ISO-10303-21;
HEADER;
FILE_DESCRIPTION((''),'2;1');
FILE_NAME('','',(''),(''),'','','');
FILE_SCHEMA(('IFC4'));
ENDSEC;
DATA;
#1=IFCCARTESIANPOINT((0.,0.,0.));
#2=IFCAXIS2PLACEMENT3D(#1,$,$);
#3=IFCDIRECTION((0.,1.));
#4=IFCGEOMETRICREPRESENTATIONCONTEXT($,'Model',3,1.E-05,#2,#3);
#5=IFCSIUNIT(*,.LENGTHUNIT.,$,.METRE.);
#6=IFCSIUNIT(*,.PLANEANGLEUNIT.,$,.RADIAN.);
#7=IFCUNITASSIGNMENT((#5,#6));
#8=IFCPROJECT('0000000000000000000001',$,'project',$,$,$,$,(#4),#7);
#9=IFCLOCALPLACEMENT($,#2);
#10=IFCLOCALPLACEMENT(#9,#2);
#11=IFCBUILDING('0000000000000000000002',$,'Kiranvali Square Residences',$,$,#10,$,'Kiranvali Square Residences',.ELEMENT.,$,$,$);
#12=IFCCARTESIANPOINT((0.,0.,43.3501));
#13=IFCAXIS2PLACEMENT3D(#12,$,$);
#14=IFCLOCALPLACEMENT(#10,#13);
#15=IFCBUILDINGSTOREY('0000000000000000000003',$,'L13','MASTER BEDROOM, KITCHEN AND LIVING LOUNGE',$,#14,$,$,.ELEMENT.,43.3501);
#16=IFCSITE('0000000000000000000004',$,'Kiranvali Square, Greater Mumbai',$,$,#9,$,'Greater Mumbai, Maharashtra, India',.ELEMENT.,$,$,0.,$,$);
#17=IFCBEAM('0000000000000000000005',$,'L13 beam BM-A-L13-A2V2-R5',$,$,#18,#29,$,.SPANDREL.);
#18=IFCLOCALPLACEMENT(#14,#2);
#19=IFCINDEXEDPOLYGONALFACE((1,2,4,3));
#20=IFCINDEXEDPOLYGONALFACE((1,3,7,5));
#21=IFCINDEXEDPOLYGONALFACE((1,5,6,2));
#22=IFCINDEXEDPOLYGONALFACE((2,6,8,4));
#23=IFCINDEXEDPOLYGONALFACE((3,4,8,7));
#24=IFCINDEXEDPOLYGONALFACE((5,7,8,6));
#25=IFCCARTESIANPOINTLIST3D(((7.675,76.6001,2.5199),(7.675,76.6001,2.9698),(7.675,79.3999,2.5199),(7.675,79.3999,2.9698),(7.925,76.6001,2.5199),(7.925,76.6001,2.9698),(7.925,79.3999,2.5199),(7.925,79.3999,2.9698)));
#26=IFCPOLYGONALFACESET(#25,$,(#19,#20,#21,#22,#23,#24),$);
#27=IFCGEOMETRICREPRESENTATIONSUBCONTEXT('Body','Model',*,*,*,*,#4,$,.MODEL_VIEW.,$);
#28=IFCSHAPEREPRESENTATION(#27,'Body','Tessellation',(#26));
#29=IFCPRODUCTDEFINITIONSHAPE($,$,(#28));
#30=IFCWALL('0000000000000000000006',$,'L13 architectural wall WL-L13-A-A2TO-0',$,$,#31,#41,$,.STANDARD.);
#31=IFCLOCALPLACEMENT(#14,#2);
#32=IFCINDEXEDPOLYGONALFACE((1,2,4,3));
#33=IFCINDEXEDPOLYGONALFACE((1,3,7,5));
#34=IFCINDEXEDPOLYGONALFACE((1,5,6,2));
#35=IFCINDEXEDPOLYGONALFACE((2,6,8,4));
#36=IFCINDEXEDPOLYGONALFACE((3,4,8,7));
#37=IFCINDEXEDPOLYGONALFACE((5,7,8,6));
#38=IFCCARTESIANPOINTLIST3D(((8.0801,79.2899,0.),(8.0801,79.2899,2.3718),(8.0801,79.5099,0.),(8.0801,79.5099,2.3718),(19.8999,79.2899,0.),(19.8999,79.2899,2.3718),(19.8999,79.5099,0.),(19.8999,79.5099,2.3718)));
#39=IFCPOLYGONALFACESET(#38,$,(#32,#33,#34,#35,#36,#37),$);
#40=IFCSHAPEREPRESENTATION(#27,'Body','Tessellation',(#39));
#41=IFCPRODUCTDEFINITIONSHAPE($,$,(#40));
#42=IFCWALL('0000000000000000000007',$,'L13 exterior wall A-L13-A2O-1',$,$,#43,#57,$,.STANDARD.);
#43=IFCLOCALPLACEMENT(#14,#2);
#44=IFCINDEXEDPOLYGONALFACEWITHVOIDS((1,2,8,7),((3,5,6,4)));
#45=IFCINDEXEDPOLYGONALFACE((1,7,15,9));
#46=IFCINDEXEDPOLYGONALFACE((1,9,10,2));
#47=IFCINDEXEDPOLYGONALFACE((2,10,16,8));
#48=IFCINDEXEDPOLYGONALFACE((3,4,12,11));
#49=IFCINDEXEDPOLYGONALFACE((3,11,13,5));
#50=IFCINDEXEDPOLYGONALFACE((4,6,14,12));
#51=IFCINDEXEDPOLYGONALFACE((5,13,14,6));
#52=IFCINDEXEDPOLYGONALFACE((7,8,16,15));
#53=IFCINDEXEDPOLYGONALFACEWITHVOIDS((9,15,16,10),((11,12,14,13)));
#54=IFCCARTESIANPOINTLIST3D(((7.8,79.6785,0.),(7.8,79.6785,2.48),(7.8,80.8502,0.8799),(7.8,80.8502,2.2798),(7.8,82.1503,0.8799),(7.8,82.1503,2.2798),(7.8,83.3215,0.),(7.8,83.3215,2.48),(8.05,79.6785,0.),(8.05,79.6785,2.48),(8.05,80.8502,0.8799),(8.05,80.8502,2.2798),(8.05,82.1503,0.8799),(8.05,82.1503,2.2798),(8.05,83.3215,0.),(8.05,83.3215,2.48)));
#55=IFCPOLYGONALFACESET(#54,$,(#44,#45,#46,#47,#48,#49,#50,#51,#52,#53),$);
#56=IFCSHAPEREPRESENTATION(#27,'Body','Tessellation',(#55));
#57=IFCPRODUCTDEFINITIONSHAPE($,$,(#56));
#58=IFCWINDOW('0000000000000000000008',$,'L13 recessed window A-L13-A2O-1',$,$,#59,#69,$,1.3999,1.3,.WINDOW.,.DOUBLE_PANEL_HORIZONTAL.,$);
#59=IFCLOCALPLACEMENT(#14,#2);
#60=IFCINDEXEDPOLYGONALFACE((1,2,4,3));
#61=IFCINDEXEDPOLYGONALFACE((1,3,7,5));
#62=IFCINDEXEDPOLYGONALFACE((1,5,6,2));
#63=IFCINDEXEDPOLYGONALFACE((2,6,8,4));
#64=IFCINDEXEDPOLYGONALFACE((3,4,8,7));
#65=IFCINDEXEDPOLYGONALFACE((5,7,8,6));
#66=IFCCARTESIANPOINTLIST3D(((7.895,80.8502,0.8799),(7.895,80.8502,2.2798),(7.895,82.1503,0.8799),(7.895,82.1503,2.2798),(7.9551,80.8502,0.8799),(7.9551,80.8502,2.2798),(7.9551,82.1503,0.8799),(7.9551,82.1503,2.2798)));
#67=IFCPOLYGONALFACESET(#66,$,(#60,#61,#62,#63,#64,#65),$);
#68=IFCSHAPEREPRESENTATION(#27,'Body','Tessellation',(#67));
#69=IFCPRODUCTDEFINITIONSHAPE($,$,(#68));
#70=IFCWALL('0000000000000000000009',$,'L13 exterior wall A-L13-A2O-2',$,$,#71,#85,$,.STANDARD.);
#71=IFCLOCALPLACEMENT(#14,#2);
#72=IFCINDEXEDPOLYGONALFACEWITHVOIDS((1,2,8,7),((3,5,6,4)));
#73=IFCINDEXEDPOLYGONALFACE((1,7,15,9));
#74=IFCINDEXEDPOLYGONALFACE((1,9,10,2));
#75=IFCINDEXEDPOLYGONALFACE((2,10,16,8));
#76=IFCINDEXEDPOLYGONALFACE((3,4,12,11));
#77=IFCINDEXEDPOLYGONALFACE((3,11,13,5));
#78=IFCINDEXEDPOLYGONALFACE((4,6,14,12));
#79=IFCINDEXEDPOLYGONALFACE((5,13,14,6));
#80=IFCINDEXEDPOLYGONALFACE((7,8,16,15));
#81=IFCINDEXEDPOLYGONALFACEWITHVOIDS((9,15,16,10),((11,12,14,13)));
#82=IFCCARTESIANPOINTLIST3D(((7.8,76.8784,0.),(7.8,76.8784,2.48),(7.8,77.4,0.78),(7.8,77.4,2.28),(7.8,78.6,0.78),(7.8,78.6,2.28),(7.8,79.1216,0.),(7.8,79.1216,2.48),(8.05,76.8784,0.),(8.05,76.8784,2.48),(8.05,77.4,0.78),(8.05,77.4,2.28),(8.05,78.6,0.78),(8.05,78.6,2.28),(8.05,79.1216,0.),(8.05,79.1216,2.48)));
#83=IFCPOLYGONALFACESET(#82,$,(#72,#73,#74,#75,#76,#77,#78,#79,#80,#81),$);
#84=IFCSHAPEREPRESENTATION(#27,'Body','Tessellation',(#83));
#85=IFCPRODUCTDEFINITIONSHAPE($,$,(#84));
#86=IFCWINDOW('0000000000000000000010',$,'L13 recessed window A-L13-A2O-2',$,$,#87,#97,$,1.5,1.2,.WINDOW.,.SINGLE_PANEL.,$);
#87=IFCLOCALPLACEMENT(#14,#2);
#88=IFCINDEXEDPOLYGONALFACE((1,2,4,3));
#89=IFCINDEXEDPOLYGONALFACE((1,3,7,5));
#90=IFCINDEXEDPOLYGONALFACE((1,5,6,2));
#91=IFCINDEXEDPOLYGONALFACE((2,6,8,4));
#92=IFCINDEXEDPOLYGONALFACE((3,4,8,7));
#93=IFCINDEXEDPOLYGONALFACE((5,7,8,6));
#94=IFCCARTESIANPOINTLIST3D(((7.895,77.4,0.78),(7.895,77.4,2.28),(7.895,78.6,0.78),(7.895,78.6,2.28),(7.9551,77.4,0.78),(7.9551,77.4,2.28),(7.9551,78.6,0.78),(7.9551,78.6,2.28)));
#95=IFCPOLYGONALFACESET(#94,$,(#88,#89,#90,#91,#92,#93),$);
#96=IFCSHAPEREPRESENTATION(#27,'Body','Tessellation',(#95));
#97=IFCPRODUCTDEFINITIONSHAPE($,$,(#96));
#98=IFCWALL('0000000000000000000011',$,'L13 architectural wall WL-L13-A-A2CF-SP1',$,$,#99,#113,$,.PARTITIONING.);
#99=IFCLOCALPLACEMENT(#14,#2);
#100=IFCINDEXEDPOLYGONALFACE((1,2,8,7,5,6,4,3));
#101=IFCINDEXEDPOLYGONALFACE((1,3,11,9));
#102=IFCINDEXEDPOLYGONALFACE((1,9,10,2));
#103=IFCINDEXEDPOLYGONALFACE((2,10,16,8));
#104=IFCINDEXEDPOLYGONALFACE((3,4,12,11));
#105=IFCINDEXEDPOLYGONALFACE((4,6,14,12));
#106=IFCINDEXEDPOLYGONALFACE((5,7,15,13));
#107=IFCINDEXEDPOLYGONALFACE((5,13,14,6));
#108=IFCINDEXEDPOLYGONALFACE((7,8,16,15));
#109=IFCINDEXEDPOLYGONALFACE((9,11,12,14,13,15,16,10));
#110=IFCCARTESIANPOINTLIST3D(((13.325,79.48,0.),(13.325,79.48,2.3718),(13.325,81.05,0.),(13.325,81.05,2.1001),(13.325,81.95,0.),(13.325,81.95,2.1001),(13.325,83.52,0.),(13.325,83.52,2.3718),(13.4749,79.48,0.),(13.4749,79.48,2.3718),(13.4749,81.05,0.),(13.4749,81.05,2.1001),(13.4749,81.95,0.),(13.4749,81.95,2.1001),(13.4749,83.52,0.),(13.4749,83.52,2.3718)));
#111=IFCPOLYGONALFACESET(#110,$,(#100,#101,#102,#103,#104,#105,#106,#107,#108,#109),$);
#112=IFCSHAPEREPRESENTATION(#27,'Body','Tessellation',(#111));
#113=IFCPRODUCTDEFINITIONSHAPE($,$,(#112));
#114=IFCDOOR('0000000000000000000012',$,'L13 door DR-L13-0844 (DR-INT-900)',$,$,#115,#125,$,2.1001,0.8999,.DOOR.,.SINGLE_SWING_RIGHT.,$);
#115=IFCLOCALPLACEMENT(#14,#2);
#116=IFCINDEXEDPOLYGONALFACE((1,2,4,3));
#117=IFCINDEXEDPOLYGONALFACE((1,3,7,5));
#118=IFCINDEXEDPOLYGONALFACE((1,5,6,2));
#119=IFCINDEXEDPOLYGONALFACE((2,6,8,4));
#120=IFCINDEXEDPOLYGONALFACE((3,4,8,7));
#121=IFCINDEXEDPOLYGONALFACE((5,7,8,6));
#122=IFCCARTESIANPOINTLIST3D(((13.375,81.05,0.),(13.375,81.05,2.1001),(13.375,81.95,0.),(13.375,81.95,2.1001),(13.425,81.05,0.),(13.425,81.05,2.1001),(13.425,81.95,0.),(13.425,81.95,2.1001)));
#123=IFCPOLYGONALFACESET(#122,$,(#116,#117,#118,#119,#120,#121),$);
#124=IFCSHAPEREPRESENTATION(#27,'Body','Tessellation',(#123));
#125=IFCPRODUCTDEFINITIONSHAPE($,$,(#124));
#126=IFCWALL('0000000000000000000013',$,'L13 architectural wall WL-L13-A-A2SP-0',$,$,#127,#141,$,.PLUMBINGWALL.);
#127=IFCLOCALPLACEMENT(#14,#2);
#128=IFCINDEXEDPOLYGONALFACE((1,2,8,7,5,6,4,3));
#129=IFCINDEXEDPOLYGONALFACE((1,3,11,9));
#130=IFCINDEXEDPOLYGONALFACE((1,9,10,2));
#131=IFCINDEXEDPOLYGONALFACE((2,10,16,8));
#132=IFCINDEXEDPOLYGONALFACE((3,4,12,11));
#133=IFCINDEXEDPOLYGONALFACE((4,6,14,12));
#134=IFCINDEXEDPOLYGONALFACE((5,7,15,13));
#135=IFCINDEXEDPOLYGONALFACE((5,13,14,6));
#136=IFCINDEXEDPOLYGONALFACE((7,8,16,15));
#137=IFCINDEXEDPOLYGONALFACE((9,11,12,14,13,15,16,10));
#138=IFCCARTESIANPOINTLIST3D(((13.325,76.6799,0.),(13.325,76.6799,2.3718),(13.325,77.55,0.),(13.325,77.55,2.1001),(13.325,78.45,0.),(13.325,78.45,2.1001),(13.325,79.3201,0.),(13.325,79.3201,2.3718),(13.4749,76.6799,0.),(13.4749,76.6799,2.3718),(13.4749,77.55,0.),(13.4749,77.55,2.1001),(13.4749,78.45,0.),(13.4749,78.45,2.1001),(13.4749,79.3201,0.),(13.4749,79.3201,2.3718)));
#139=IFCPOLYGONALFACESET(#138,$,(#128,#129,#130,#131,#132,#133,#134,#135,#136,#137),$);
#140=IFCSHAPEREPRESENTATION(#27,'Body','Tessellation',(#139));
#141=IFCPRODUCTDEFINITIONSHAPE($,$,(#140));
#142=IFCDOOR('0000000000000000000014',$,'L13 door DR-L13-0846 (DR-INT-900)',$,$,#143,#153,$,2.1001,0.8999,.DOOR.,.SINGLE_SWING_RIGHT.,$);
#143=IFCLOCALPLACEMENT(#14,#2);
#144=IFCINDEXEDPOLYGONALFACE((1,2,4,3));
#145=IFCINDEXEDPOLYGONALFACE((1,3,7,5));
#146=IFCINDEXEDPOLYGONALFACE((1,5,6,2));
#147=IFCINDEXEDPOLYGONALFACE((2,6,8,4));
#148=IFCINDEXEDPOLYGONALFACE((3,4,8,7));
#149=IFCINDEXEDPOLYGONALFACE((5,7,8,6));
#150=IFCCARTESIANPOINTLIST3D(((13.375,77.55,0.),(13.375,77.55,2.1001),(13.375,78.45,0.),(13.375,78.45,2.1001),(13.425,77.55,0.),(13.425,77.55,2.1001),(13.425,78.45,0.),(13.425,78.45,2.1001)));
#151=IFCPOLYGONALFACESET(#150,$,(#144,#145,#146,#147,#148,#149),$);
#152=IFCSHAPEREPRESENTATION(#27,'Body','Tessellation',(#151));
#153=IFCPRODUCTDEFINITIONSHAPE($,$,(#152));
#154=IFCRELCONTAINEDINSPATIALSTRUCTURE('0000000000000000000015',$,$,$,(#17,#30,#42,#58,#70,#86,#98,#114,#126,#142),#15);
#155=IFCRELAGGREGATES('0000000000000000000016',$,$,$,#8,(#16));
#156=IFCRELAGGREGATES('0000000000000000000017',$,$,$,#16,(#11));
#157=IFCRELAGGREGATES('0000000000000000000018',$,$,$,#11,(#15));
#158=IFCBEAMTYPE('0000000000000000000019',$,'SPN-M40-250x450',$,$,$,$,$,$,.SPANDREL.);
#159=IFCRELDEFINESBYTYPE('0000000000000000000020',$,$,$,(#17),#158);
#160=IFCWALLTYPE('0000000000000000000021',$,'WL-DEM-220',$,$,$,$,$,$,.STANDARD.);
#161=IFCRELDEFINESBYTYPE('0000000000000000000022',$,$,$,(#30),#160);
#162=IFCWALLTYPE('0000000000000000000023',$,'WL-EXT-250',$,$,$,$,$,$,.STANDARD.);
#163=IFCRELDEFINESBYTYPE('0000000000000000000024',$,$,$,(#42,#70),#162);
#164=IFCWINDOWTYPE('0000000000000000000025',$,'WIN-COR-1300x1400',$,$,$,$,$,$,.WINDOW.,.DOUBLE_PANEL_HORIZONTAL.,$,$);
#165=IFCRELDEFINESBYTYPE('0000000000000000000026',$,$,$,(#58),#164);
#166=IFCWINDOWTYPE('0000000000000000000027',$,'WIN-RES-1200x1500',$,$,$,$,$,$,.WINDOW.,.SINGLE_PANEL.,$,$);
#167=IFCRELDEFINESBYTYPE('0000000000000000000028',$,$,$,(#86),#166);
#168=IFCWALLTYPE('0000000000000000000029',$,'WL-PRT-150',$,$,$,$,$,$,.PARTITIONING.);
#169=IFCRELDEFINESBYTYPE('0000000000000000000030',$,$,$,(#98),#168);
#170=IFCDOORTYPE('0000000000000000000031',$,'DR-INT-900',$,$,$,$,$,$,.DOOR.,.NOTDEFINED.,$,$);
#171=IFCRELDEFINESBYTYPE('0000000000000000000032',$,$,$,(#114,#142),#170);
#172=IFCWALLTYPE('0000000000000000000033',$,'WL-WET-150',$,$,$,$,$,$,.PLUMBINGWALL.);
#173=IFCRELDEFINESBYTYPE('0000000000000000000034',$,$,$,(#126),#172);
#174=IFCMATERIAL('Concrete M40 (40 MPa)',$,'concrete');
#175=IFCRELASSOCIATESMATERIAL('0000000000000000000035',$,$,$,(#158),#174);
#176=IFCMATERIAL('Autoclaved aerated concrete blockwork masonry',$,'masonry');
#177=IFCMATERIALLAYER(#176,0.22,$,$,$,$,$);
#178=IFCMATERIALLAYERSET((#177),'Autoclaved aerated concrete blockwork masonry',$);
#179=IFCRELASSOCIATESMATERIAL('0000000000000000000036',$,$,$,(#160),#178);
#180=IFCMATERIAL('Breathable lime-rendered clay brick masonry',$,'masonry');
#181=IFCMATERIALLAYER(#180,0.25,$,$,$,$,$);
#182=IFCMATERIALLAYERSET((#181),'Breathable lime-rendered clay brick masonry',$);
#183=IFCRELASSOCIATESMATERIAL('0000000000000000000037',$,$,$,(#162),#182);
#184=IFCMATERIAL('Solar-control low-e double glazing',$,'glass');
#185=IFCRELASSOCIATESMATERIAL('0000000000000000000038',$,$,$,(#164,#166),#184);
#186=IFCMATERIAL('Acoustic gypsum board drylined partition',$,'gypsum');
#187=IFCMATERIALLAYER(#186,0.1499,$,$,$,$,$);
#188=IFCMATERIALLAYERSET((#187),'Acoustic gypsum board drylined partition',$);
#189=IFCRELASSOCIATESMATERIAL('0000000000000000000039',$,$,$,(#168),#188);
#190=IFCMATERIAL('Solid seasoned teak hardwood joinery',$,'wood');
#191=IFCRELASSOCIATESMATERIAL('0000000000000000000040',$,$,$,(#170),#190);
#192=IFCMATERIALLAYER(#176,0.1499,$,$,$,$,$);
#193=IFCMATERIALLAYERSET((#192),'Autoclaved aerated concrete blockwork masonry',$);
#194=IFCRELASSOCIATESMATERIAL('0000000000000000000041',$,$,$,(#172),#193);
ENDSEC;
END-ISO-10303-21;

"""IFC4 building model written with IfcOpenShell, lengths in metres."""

from ifc_helpers import new_model, si_unit, direction, frame, frame_2d, origin, origin_2d, place, context, subcontext, project, spatial, rectangle, extrude, material, layer, layer_set, material_profile, profile_set, type_object, element, fill, save


model = new_model("IFC4")

# Units and contexts
model_context = context("Model", 3, precision=1e-05, world=origin(), true_north=direction((0.0, 1.0)))
body_context = subcontext(model_context, "Body", "Model", "MODEL_VIEW")
ifc_project = project(units=[si_unit("LENGTHUNIT", "METRE"), si_unit("PLANEANGLEUNIT", "RADIAN")], contexts=[model_context])

# Site, building, storey
site_placement = place(None, origin())
site = spatial("IfcSite", under=ifc_project, at=site_placement, Name="Kiranvali Square, Greater Mumbai", LongName="Greater Mumbai, Maharashtra, India", CompositionType="ELEMENT", RefElevation=0.0)
building_placement = place(site_placement, origin())
building = spatial("IfcBuilding", under=site, at=building_placement, Name="Kiranvali Square Residences", LongName="Kiranvali Square Residences", CompositionType="ELEMENT")
storey_placement = place(building_placement, frame((0.0, 0.0, 43.3501)))
storey = spatial("IfcBuildingStorey", under=building, at=storey_placement, Name="L13", Description="MASTER BEDROOM, KITCHEN AND LIVING LOUNGE", CompositionType="ELEMENT", Elevation=43.3501)

# Shared definitions
ifc_material_1 = material(Name="Concrete M40 (40 MPa)", Category="concrete")

# Beam
ifc_material_profile_1 = material_profile(ifc_material_1, rectangle(XDim=0.25, YDim=0.45, at=origin_2d()), Name="RC 250x450")
ifc_profile_set_1 = profile_set([ifc_material_profile_1], Name="Concrete M40 (40 MPa)")
beam_type_1 = type_object("IfcBeamType", Name="SPN-M40-250x450", PredefinedType="SPANDREL", material=ifc_profile_set_1)
beam_1_placement = place(storey_placement, frame((7.8, 79.3999, 2.7449), z_axis=(0.0, -1.0, 0.0), x_axis=(1.0, 0.0, 0.0)))
element("IfcBeam", 1, at=beam_1_placement, inside=storey, type_object=beam_type_1, Name="L13 beam BM-A-L13-A2V2-R5", PredefinedType="SPANDREL", context=body_context, shape_type="SweptSolid", body=[
    extrude(rectangle(XDim=0.25, YDim=0.45, at=origin_2d()), origin(), (0.0, 0.0, 1.0), 2.7998),
])

# Shared definitions
ifc_material_2 = material(Name="Autoclaved aerated concrete blockwork masonry", Category="masonry")

# Wall
ifc_layer_1 = layer(ifc_material_2, 0.22)
ifc_layer_set_1 = layer_set([ifc_layer_1], Name="Autoclaved aerated concrete blockwork masonry")
wall_type_1 = type_object("IfcWallType", Name="WL-DEM-220", PredefinedType="STANDARD", material=ifc_layer_set_1)
wall_1_placement = place(storey_placement, frame((19.8999, 79.3999, 0.0), z_axis=(0.0, 0.0, 1.0), x_axis=(-1.0, 0.0, 0.0)))
element("IfcWall", 2, at=wall_1_placement, inside=storey, type_object=wall_type_1, Name="L13 architectural wall WL-L13-A-A2TO-0", PredefinedType="STANDARD", context=body_context, shape_type="SweptSolid", body=[
    extrude(rectangle(XDim=11.8198, YDim=0.22, at=frame_2d((5.9099, 0.0))), origin(), (0.0, 0.0, 1.0), 2.3718),
])

# Walls, openings, windows
ifc_material_3 = material(Name="Breathable lime-rendered clay brick masonry", Category="masonry")
ifc_layer_2 = layer(ifc_material_3, 0.25)
ifc_layer_set_2 = layer_set([ifc_layer_2], Name="Breathable lime-rendered clay brick masonry")
wall_type_2 = type_object("IfcWallType", Name="WL-EXT-250", PredefinedType="STANDARD", material=ifc_layer_set_2)
wall_2_placement = place(storey_placement, frame((7.925, 83.3215, 0.0), z_axis=(0.0, 0.0, 1.0), x_axis=(0.0, -1.0, 0.0)))
wall_2 = element("IfcWall", 3, at=wall_2_placement, inside=storey, type_object=wall_type_2, Name="L13 exterior wall A-L13-A2O-1", PredefinedType="STANDARD", context=body_context, shape_type="SweptSolid", body=[
    extrude(rectangle(XDim=3.6431, YDim=0.25, at=frame_2d((1.8215, 0.0))), origin(), (0.0, 0.0, 1.0), 2.48),
])
opening_1_placement = place(wall_2_placement, frame((1.1714, 0.0, 0.8799)))
opening_1 = element("IfcOpeningElement", 4, at=opening_1_placement, cuts=wall_2, PredefinedType="OPENING", context=body_context, shape_type="SweptSolid", body=[
    extrude(rectangle(XDim=1.3, YDim=1.3999, at=frame_2d((0.6499, 0.7))), frame((0.0, 0.135, 0.0), z_axis=(0.0, -1.0, 0.0), x_axis=(1.0, 0.0, 0.0)), (0.0, 0.0, 1.0), 0.27),
])
ifc_material_4 = material(Name="Solar-control low-e double glazing", Category="glass")
window_type_1 = type_object("IfcWindowType", Name="WIN-COR-1300x1400", PartitioningType="DOUBLE_PANEL_HORIZONTAL", PredefinedType="WINDOW", material=ifc_material_4)
window_1_placement = place(opening_1_placement, origin())
window_1 = element("IfcWindow", 5, at=window_1_placement, inside=storey, type_object=window_type_1, Name="L13 recessed window A-L13-A2O-1", OverallHeight=1.3999, OverallWidth=1.3, PartitioningType="DOUBLE_PANEL_HORIZONTAL", PredefinedType="WINDOW", context=body_context, shape_type="SweptSolid", body=[
    extrude(rectangle(XDim=1.3, YDim=1.3999, at=frame_2d((0.6499, 0.7))), frame((0.0, 0.03, 0.0), z_axis=(0.0, -1.0, 0.0), x_axis=(1.0, 0.0, 0.0)), (0.0, 0.0, 1.0), 0.0601),
])
fill(opening_1, window_1)
wall_3_placement = place(storey_placement, frame((7.925, 79.1216, 0.0), z_axis=(0.0, 0.0, 1.0), x_axis=(0.0, -1.0, 0.0)))
wall_3 = element("IfcWall", 6, at=wall_3_placement, inside=storey, type_object=wall_type_2, Name="L13 exterior wall A-L13-A2O-2", PredefinedType="STANDARD", context=body_context, shape_type="SweptSolid", body=[
    extrude(rectangle(XDim=2.2432, YDim=0.25, at=frame_2d((1.1216, 0.0))), origin(), (0.0, 0.0, 1.0), 2.48),
])
opening_2_placement = place(wall_3_placement, frame((0.5215, 0.0, 0.78)))
opening_2 = element("IfcOpeningElement", 7, at=opening_2_placement, cuts=wall_3, PredefinedType="OPENING", context=body_context, shape_type="SweptSolid", body=[
    extrude(rectangle(XDim=1.2, YDim=1.5, at=frame_2d((0.6001, 0.75))), frame((0.0, 0.135, 0.0), z_axis=(0.0, -1.0, 0.0), x_axis=(1.0, 0.0, 0.0)), (0.0, 0.0, 1.0), 0.27),
])
window_type_2 = type_object("IfcWindowType", Name="WIN-RES-1200x1500", PartitioningType="SINGLE_PANEL", PredefinedType="WINDOW", material=ifc_material_4)
window_2_placement = place(opening_2_placement, origin())
window_2 = element("IfcWindow", 8, at=window_2_placement, inside=storey, type_object=window_type_2, Name="L13 recessed window A-L13-A2O-2", OverallHeight=1.5, OverallWidth=1.2, PartitioningType="SINGLE_PANEL", PredefinedType="WINDOW", context=body_context, shape_type="SweptSolid", body=[
    extrude(rectangle(XDim=1.2, YDim=1.5, at=frame_2d((0.6001, 0.75))), frame((0.0, 0.03, 0.0), z_axis=(0.0, -1.0, 0.0), x_axis=(1.0, 0.0, 0.0)), (0.0, 0.0, 1.0), 0.0601),
])
fill(opening_2, window_2)

# Walls, openings, doors
ifc_material_5 = material(Name="Acoustic gypsum board drylined partition", Category="gypsum")
ifc_layer_3 = layer(ifc_material_5, 0.1499)
ifc_layer_set_3 = layer_set([ifc_layer_3], Name="Acoustic gypsum board drylined partition")
wall_type_3 = type_object("IfcWallType", Name="WL-PRT-150", PredefinedType="PARTITIONING", material=ifc_layer_set_3)
wall_4_placement = place(storey_placement, frame((13.3999, 83.52, 0.0), z_axis=(0.0, 0.0, 1.0), x_axis=(0.0, -1.0, 0.0)))
wall_4 = element("IfcWall", 9, at=wall_4_placement, inside=storey, type_object=wall_type_3, Name="L13 architectural wall WL-L13-A-A2CF-SP1", PredefinedType="PARTITIONING", context=body_context, shape_type="SweptSolid", body=[
    extrude(rectangle(XDim=4.04, YDim=0.1499, at=frame_2d((2.02, 0.0))), origin(), (0.0, 0.0, 1.0), 2.3718),
])
opening_3_placement = place(wall_4_placement, frame((1.5701, 0.0, 0.0)))
opening_3 = element("IfcOpeningElement", 10, at=opening_3_placement, cuts=wall_4, PredefinedType="OPENING", context=body_context, shape_type="SweptSolid", body=[
    extrude(rectangle(XDim=0.8999, YDim=2.1001, at=frame_2d((0.45, 1.05))), frame((0.0, 0.085, 0.0), z_axis=(0.0, -1.0, 0.0), x_axis=(1.0, 0.0, 0.0)), (0.0, 0.0, 1.0), 0.1699),
])
ifc_material_6 = material(Name="Solid seasoned teak hardwood joinery", Category="wood")
door_type_1 = type_object("IfcDoorType", Name="DR-INT-900", OperationType="NOTDEFINED", PredefinedType="DOOR", material=ifc_material_6)
door_1_placement = place(opening_3_placement, frame((0.8999, 0.0, 0.0), z_axis=(0.0, 0.0, 1.0), x_axis=(-1.0, 0.0, 0.0)))
door_1 = element("IfcDoor", 11, at=door_1_placement, inside=storey, type_object=door_type_1, Name="L13 door DR-L13-0844 (DR-INT-900)", OperationType="SINGLE_SWING_RIGHT", OverallHeight=2.1001, OverallWidth=0.8999, PredefinedType="DOOR", context=body_context, shape_type="SweptSolid", body=[
    extrude(rectangle(XDim=0.8999, YDim=2.1001, at=frame_2d((0.45, 1.05))), frame((0.0, 0.0249, 0.0), z_axis=(0.0, -1.0, 0.0), x_axis=(1.0, 0.0, 0.0)), (0.0, 0.0, 1.0), 0.05),
])
fill(opening_3, door_1)
ifc_layer_4 = layer(ifc_material_2, 0.1499)
ifc_layer_set_4 = layer_set([ifc_layer_4], Name="Autoclaved aerated concrete blockwork masonry")
wall_type_4 = type_object("IfcWallType", Name="WL-WET-150", PredefinedType="PLUMBINGWALL", material=ifc_layer_set_4)
wall_5_placement = place(storey_placement, frame((13.3999, 79.3201, 0.0), z_axis=(0.0, 0.0, 1.0), x_axis=(0.0, -1.0, 0.0)))
wall_5 = element("IfcWall", 12, at=wall_5_placement, inside=storey, type_object=wall_type_4, Name="L13 architectural wall WL-L13-A-A2SP-0", PredefinedType="PLUMBINGWALL", context=body_context, shape_type="SweptSolid", body=[
    extrude(rectangle(XDim=2.6401, YDim=0.1499, at=frame_2d((1.3201, 0.0))), origin(), (0.0, 0.0, 1.0), 2.3718),
])
opening_4_placement = place(wall_5_placement, frame((0.8701, 0.0, 0.0)))
opening_4 = element("IfcOpeningElement", 13, at=opening_4_placement, cuts=wall_5, PredefinedType="OPENING", context=body_context, shape_type="SweptSolid", body=[
    extrude(rectangle(XDim=0.8999, YDim=2.1001, at=frame_2d((0.45, 1.05))), frame((0.0, 0.085, 0.0), z_axis=(0.0, -1.0, 0.0), x_axis=(1.0, 0.0, 0.0)), (0.0, 0.0, 1.0), 0.1699),
])
door_2_placement = place(opening_4_placement, frame((0.8999, 0.0, 0.0), z_axis=(0.0, 0.0, 1.0), x_axis=(-1.0, 0.0, 0.0)))
door_2 = element("IfcDoor", 14, at=door_2_placement, inside=storey, type_object=door_type_1, Name="L13 door DR-L13-0846 (DR-INT-900)", OperationType="SINGLE_SWING_RIGHT", OverallHeight=2.1001, OverallWidth=0.8999, PredefinedType="DOOR", context=body_context, shape_type="SweptSolid", body=[
    extrude(rectangle(XDim=0.8999, YDim=2.1001, at=frame_2d((0.45, 1.05))), frame((0.0, 0.0249, 0.0), z_axis=(0.0, -1.0, 0.0), x_axis=(1.0, 0.0, 0.0)), (0.0, 0.0, 1.0), 0.05),
])
fill(opening_4, door_2)

save(model, "model.ifc")
